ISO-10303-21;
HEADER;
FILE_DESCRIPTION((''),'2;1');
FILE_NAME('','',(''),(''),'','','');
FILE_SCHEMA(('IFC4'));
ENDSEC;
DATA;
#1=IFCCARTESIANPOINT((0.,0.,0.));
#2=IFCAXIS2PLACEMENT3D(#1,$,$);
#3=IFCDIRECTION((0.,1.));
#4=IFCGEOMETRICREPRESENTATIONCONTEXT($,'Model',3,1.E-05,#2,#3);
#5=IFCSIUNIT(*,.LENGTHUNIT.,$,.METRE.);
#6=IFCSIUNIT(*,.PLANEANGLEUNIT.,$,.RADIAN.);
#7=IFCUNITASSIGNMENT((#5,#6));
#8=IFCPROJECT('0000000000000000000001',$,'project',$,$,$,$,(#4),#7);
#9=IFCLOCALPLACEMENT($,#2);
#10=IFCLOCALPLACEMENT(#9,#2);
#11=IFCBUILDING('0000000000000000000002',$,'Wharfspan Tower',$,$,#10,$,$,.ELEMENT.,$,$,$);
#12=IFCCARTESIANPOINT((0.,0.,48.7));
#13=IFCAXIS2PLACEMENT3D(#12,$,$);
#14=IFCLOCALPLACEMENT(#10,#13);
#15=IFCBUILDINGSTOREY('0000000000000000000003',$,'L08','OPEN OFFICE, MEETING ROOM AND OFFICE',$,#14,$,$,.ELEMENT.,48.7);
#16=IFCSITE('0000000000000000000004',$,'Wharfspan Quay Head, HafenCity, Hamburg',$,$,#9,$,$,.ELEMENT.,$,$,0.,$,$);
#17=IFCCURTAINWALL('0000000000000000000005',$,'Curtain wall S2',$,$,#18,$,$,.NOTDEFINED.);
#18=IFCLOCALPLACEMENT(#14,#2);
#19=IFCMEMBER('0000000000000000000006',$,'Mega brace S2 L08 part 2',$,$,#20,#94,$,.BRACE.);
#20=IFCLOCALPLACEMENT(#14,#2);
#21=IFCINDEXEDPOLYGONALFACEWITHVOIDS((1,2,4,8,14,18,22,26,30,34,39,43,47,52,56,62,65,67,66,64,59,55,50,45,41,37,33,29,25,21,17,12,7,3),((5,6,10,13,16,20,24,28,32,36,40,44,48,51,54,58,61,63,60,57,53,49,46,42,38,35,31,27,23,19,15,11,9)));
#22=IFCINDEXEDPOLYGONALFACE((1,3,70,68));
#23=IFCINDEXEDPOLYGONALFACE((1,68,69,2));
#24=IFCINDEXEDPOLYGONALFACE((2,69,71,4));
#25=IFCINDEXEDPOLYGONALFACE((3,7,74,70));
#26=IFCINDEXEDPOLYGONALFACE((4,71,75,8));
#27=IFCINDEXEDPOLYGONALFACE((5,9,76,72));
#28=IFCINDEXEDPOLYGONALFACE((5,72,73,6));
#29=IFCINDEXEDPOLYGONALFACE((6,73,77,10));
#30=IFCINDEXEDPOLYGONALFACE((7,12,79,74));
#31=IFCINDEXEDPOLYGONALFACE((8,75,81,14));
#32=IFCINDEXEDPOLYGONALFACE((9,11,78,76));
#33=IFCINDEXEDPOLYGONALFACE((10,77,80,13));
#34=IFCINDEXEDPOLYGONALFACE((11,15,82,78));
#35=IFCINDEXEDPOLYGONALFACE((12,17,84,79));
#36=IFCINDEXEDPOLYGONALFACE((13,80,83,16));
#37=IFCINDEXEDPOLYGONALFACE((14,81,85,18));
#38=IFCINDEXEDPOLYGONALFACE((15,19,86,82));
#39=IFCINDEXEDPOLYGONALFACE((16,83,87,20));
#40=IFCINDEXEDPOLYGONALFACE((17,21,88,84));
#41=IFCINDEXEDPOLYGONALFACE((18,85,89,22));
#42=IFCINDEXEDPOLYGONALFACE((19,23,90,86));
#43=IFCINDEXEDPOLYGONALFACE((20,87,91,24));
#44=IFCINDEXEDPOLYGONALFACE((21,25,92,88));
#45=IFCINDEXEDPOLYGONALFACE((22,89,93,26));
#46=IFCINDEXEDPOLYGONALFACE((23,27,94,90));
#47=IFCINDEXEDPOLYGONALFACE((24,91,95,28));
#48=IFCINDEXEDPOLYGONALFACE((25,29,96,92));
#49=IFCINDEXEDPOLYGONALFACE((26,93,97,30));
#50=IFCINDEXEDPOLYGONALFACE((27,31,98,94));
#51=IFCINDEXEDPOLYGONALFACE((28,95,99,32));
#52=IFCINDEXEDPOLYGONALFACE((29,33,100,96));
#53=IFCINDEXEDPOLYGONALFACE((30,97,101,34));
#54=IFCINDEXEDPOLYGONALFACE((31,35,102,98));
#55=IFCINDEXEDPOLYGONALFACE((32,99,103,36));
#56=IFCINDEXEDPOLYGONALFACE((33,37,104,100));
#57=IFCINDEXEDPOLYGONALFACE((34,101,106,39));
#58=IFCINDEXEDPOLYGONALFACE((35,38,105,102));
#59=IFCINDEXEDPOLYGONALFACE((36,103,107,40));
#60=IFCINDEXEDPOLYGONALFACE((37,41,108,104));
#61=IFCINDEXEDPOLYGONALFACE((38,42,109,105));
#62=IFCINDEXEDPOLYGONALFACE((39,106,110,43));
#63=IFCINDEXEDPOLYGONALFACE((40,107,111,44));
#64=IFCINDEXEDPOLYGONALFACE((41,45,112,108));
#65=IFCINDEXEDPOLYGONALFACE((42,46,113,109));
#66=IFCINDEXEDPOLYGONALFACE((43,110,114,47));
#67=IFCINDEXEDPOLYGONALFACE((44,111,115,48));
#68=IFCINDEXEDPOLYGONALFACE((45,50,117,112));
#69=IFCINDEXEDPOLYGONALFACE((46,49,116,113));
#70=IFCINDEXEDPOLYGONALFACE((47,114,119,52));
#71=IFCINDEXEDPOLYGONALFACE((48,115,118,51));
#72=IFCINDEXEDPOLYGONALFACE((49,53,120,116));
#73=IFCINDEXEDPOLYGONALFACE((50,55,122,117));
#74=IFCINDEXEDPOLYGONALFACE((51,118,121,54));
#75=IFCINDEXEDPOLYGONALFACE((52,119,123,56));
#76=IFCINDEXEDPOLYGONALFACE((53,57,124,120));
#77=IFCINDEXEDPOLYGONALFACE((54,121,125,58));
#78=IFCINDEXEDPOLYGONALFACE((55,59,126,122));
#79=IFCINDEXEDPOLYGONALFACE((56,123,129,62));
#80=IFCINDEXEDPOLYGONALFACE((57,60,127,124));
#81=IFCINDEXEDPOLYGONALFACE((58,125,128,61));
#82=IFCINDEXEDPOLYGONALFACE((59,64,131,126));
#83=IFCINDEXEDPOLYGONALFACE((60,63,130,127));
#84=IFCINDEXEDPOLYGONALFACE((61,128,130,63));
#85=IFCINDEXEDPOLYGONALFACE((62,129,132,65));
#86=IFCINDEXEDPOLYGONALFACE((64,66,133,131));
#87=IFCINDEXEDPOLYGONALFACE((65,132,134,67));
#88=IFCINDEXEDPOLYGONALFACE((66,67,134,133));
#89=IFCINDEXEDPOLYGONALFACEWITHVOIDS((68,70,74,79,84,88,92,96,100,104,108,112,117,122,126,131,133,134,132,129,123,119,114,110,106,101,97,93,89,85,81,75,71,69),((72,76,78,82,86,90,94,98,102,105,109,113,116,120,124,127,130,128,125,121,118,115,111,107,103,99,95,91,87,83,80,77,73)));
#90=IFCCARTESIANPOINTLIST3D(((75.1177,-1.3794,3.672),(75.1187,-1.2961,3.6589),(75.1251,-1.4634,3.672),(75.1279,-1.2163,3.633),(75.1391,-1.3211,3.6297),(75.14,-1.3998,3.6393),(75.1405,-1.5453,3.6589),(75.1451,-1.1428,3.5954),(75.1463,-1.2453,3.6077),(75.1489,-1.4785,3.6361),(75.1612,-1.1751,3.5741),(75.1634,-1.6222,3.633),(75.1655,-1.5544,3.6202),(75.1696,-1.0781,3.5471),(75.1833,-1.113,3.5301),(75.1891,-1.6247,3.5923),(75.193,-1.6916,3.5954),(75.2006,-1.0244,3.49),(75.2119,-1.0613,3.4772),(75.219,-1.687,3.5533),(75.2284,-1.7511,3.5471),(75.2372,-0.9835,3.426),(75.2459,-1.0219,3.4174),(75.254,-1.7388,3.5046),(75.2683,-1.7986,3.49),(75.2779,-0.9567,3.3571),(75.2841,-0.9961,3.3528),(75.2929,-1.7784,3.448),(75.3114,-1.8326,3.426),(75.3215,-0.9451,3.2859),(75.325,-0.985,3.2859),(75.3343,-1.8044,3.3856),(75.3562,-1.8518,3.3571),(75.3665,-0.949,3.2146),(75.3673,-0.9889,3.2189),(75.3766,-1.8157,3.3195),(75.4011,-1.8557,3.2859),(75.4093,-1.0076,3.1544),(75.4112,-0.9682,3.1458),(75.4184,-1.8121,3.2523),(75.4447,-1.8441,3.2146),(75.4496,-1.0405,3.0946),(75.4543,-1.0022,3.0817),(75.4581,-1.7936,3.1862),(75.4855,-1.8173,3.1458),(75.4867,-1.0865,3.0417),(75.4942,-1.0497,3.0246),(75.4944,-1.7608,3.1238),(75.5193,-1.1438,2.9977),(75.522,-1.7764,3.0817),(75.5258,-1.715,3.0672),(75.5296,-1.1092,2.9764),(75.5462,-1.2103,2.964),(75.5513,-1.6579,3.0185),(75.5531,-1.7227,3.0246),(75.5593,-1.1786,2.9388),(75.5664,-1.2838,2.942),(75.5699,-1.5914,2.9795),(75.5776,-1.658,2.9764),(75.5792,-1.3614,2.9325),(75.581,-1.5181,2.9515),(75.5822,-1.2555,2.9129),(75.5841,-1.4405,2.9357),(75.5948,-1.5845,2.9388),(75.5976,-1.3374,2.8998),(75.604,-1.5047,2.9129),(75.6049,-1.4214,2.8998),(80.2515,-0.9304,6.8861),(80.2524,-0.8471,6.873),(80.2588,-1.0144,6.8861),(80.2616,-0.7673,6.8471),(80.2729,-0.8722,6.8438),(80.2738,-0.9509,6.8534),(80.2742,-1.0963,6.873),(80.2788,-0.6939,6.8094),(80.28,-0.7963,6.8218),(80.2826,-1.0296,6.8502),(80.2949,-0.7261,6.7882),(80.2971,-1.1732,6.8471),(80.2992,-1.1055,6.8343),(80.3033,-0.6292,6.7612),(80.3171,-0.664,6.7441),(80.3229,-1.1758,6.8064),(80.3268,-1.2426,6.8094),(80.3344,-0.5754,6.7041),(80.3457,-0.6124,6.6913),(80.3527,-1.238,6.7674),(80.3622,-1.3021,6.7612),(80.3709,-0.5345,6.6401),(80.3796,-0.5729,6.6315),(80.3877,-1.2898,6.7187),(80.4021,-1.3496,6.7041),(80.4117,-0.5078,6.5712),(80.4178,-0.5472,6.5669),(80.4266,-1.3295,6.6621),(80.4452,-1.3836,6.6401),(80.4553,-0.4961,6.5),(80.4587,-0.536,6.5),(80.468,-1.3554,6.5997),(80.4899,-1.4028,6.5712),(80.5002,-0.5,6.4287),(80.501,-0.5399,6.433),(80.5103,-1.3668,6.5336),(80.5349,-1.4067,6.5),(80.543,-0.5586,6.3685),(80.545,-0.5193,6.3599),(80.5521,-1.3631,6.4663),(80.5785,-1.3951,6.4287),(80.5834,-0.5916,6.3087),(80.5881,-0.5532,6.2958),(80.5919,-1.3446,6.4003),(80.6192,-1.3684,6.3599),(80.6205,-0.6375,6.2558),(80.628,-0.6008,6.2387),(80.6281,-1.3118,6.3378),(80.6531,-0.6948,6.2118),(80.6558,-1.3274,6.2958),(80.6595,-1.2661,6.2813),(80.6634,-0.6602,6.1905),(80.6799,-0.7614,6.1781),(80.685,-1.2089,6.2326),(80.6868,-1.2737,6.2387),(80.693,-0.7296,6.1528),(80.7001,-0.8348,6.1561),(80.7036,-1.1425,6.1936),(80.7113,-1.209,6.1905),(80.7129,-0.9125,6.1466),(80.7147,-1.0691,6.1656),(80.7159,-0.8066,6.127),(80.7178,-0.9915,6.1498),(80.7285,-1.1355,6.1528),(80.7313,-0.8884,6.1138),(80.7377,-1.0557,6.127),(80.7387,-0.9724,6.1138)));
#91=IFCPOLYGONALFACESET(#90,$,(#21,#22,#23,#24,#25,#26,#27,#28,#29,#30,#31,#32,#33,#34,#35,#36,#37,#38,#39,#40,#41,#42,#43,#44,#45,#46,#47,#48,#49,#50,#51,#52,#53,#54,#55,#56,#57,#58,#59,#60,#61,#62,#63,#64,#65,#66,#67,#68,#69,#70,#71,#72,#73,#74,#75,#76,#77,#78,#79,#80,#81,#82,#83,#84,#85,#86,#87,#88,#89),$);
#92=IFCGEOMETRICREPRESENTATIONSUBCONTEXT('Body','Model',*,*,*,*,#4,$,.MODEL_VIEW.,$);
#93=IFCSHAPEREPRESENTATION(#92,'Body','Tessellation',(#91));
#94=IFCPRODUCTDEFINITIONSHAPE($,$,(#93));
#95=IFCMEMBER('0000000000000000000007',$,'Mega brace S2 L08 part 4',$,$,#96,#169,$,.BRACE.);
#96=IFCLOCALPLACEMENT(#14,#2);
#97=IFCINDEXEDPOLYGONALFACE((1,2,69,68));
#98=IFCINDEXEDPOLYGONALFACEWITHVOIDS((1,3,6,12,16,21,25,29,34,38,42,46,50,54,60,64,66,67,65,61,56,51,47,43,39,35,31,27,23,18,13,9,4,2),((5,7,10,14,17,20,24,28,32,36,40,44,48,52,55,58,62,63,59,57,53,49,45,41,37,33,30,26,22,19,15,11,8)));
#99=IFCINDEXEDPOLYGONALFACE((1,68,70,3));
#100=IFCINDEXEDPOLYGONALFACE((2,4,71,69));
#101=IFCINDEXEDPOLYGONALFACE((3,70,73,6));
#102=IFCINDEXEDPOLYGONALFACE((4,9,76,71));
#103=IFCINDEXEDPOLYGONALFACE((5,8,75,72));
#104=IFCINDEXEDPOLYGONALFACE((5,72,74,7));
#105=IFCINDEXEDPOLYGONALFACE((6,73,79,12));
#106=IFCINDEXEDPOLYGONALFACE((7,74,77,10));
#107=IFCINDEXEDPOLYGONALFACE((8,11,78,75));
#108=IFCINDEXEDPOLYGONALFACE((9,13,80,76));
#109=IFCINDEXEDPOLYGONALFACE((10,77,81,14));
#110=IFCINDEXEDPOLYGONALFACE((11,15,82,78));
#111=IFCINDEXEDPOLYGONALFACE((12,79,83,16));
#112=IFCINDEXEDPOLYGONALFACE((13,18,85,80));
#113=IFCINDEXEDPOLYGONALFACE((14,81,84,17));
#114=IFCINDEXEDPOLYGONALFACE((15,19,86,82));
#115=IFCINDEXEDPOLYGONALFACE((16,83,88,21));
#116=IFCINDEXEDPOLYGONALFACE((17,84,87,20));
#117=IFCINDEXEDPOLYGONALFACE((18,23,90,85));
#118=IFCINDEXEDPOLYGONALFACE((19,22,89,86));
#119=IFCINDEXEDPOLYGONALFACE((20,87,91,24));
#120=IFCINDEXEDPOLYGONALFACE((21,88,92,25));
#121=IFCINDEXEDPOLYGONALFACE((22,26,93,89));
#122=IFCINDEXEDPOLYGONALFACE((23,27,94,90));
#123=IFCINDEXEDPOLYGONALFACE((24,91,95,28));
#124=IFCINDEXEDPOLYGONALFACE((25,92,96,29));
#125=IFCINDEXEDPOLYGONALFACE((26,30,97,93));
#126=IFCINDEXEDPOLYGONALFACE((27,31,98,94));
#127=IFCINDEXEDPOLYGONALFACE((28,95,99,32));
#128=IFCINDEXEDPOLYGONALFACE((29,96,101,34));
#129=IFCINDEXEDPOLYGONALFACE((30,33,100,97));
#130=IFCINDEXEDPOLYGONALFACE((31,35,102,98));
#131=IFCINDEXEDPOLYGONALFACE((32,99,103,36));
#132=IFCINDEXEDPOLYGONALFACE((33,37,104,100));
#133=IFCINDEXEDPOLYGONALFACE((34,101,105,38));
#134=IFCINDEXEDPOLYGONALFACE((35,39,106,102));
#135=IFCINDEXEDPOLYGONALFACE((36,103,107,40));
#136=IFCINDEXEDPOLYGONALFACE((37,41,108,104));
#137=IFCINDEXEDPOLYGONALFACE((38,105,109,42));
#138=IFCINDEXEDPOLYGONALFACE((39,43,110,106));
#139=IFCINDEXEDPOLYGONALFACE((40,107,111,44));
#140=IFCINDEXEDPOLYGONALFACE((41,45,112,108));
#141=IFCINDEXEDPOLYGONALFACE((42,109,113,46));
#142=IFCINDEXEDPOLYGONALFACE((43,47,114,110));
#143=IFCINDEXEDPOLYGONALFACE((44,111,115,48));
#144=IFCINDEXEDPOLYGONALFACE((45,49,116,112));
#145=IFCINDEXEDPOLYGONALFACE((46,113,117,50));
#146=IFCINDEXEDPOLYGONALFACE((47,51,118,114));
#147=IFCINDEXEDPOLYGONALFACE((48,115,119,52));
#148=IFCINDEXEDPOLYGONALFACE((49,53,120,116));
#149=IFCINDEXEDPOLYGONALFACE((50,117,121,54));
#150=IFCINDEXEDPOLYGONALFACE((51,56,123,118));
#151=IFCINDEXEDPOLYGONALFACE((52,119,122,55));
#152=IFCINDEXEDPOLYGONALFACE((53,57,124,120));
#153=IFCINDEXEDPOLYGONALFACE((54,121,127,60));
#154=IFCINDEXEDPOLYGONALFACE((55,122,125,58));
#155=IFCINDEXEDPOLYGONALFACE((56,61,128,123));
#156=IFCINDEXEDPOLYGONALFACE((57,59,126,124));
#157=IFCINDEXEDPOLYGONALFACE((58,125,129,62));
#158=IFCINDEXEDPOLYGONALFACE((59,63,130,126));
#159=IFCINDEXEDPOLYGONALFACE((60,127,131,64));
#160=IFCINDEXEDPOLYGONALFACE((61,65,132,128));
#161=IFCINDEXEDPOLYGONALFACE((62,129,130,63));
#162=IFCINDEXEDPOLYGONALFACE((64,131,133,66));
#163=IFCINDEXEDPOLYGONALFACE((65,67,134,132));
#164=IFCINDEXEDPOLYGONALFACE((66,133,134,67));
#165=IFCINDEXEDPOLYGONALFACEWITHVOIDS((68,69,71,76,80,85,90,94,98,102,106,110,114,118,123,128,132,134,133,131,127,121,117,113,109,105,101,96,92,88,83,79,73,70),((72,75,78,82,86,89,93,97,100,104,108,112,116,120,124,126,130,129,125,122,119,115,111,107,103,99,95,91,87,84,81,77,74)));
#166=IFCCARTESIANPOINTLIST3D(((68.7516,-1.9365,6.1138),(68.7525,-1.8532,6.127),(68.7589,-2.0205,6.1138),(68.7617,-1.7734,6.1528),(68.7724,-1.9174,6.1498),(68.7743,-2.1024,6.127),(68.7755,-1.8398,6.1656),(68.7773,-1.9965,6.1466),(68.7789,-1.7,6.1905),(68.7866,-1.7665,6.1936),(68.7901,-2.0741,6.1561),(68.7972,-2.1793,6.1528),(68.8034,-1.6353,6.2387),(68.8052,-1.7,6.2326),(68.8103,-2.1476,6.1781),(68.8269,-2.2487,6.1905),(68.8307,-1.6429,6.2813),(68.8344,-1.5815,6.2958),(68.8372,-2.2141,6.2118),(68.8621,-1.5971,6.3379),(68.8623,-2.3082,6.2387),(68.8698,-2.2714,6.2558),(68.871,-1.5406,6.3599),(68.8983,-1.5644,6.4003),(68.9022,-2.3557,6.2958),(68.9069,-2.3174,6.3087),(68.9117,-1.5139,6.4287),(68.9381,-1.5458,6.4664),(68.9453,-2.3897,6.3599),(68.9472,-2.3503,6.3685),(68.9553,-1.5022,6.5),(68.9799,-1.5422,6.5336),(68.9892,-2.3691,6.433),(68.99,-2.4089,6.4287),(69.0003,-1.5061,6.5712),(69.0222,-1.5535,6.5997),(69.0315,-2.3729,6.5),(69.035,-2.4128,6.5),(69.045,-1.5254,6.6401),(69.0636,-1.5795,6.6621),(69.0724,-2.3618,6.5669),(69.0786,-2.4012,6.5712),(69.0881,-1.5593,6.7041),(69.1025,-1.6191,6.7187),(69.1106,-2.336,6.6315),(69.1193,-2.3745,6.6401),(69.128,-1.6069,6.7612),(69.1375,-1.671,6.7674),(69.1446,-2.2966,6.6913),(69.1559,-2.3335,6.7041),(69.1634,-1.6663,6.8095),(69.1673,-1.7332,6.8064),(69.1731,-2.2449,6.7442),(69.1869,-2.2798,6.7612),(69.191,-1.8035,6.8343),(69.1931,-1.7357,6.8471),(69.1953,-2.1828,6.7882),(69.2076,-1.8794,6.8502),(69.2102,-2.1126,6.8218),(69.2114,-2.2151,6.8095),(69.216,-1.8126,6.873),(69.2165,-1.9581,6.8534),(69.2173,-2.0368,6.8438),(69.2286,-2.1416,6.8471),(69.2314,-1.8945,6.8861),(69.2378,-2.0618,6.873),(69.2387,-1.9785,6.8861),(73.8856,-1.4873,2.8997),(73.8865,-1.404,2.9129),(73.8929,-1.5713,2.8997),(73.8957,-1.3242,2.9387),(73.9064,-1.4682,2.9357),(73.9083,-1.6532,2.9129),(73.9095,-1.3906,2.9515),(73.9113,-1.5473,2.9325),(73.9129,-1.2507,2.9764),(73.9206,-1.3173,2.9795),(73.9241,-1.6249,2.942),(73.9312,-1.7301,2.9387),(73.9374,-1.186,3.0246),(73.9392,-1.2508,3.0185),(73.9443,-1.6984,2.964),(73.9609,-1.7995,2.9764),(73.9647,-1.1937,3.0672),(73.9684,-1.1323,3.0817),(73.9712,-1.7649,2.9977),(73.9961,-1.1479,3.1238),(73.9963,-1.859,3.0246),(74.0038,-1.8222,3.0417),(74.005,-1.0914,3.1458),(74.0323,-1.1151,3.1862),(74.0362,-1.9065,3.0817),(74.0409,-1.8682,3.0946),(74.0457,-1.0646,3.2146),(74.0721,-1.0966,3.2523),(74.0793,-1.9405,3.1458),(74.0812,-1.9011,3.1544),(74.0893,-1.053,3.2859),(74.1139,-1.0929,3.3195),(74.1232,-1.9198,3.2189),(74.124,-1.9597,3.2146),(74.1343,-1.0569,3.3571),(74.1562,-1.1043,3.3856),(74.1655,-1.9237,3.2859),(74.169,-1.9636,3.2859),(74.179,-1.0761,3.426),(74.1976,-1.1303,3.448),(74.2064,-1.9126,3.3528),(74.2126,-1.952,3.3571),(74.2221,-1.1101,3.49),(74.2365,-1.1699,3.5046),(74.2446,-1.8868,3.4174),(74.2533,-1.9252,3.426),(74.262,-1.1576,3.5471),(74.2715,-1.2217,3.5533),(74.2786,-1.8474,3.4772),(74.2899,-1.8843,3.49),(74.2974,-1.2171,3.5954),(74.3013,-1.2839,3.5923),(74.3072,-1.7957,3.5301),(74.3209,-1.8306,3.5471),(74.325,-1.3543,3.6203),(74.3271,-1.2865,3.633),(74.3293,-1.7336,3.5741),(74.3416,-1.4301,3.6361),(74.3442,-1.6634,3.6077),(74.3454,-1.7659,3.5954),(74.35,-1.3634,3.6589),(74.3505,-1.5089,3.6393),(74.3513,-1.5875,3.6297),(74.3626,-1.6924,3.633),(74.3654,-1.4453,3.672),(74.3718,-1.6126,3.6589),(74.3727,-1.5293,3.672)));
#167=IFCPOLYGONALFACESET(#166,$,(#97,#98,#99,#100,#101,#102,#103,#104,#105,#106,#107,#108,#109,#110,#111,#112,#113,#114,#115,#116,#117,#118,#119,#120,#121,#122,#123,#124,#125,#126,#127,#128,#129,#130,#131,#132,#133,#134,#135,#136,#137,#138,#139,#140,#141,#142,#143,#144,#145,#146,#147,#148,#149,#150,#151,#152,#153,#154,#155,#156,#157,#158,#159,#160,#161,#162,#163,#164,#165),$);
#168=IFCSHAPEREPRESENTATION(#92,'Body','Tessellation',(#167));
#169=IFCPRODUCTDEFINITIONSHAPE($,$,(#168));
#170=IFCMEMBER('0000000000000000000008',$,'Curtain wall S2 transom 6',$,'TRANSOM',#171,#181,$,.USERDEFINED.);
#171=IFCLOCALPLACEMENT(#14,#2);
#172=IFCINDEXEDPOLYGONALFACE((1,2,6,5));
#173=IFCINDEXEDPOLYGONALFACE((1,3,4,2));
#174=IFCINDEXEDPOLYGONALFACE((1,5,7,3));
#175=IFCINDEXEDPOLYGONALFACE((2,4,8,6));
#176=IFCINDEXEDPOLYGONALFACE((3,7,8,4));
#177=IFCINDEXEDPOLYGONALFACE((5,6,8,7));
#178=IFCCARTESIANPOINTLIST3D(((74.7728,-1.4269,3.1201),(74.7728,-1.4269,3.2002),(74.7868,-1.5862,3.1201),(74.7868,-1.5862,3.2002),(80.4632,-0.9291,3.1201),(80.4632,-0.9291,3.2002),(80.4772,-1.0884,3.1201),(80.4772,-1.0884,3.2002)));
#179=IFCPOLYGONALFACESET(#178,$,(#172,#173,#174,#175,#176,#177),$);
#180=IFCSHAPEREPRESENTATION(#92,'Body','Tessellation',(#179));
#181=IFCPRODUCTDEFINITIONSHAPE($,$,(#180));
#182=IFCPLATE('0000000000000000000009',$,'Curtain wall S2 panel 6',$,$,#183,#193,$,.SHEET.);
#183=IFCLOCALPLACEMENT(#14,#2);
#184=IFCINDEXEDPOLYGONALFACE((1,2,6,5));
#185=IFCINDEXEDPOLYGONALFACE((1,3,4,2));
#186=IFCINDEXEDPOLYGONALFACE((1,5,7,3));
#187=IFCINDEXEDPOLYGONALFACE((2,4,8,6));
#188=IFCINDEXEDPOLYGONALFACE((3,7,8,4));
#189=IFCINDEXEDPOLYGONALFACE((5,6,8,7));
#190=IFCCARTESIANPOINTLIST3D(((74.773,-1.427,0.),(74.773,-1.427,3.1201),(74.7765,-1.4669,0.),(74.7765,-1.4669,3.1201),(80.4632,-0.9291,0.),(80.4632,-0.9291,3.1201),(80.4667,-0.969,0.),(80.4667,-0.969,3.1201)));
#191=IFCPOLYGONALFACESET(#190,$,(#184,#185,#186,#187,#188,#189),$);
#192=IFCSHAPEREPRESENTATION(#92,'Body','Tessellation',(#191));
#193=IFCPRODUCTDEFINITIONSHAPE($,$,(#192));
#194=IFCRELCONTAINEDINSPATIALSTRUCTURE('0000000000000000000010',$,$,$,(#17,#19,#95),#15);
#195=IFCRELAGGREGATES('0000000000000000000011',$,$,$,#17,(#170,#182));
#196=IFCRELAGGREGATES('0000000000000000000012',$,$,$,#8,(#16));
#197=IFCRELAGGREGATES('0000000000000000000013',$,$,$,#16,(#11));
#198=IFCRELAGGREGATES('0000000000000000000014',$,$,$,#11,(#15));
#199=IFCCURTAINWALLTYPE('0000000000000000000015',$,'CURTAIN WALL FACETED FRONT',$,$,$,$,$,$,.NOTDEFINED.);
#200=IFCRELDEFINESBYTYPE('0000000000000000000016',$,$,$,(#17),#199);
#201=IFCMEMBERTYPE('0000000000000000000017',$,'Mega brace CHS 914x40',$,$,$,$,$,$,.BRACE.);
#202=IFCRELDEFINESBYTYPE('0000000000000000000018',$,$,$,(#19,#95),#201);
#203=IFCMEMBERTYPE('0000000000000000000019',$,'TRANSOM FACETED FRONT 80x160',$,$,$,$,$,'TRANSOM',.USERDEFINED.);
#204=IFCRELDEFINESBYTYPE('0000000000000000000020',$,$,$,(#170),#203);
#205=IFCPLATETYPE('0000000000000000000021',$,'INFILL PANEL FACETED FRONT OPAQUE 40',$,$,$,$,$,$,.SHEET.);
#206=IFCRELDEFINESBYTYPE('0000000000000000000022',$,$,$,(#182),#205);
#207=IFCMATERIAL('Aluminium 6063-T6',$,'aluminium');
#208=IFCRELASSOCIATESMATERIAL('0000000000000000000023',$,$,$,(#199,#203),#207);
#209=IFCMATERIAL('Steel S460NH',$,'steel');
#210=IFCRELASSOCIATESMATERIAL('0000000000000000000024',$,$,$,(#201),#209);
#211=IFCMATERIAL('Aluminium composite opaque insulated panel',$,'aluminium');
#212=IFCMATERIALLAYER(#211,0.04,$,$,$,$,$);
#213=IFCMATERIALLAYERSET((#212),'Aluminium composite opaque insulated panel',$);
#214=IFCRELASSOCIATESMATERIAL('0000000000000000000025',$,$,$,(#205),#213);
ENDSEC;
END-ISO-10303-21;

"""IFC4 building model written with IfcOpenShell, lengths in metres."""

from ifc_helpers import new_model, si_unit, direction, frame, origin, origin_2d, place, context, subcontext, project, spatial, rectangle, hollow_circle, extrude, material, layer, layer_set, material_profile, profile_set, type_object, element, aggregate, save


model = new_model("IFC4")

# Units and contexts
model_context = context("Model", 3, precision=1e-05, world=origin(), true_north=direction((0.0, 1.0)))
body_context = subcontext(model_context, "Body", "Model", "MODEL_VIEW")
ifc_project = project(units=[si_unit("LENGTHUNIT", "METRE"), si_unit("PLANEANGLEUNIT", "RADIAN")], contexts=[model_context])

# Site, building, storey
site_placement = place(None, origin())
site = spatial("IfcSite", under=ifc_project, at=site_placement, Name="Wharfspan Quay Head, HafenCity, Hamburg", CompositionType="ELEMENT", RefElevation=0.0)
building_placement = place(site_placement, origin())
building = spatial("IfcBuilding", under=site, at=building_placement, Name="Wharfspan Tower", CompositionType="ELEMENT")
storey_placement = place(building_placement, frame((0.0, 0.0, 48.7)))
storey = spatial("IfcBuildingStorey", under=building, at=storey_placement, Name="L08", Description="OPEN OFFICE, MEETING ROOM AND OFFICE", CompositionType="ELEMENT", Elevation=48.7)

# Shared definitions
ifc_material_1 = material(Name="Steel S460NH", Category="steel")

# Curtain wall
ifc_material_2 = material(Name="Aluminium 6063-T6", Category="aluminium")
curtain_wall_type = type_object("IfcCurtainWallType", Name="CURTAIN WALL FACETED FRONT", PredefinedType="NOTDEFINED", material=ifc_material_2)
curtain_wall_placement = place(storey_placement, origin())
curtain_wall = element("IfcCurtainWall", 1, at=curtain_wall_placement, inside=storey, type_object=curtain_wall_type, Name="Curtain wall S2", PredefinedType="NOTDEFINED")

# Members
ifc_material_profile_1 = material_profile(ifc_material_1, hollow_circle(Radius=0.457, WallThickness=0.04, at=origin_2d()))
ifc_profile_set_1 = profile_set([ifc_material_profile_1], Name="Steel S460NH")
member_type_1 = type_object("IfcMemberType", Name="Mega brace CHS 914x40", PredefinedType="BRACE", material=ifc_profile_set_1)
member_1_placement = place(storey_placement, frame((75.3613, -1.4004, 3.2859), z_axis=(0.845271, 0.073923, 0.529199), x_axis=(-0.087123, 0.996199, 0.000001)))
element("IfcMember", 2, at=member_1_placement, inside=storey, type_object=member_type_1, Name="Mega brace S2 L08 part 2", PredefinedType="BRACE", context=body_context, shape_type="SweptSolid", body=[
    extrude(hollow_circle(Radius=0.457, WallThickness=0.04, at=origin_2d()), origin(), (0.0, 0.0, 1.0), 6.0735),
])
member_2_placement = place(storey_placement, frame((74.1291, -1.5083, 3.2859), z_axis=(-0.84528, -0.073961, 0.52918), x_axis=(0.087165, -0.996192, -0.000001)))
element("IfcMember", 3, at=member_2_placement, inside=storey, type_object=member_type_1, Name="Mega brace S2 L08 part 4", PredefinedType="BRACE", context=body_context, shape_type="SweptSolid", body=[
    extrude(hollow_circle(Radius=0.457, WallThickness=0.04, at=origin_2d()), origin(), (0.0, 0.0, 1.0), 6.0737),
])

# Member
ifc_material_profile_2 = material_profile(ifc_material_2, rectangle(XDim=0.1599, YDim=0.0801, at=origin_2d()))
ifc_profile_set_2 = profile_set([ifc_material_profile_2], Name="Aluminium 6063-T6")
member_type_2 = type_object("IfcMemberType", Name="TRANSOM FACETED FRONT 80x160", ElementType="TRANSOM", PredefinedType="USERDEFINED", material=ifc_profile_set_2)
member_3_placement = place(storey_placement, frame((74.7798, -1.5066, 3.1602), z_axis=(0.996195, 0.087148, 0.0), x_axis=(-0.087148, 0.996195, 0.0)))
member_3 = element("IfcMember", 4, at=member_3_placement, type_object=member_type_2, Name="Curtain wall S2 transom 6", ObjectType="TRANSOM", PredefinedType="USERDEFINED", context=body_context, shape_type="SweptSolid", body=[
    extrude(rectangle(XDim=0.1599, YDim=0.0801, at=origin_2d()), origin(), (0.0, 0.0, 1.0), 5.7122),
])

# Plate
ifc_material_3 = material(Name="Aluminium composite opaque insulated panel", Category="aluminium")
ifc_layer_1 = layer(ifc_material_3, 0.04)
ifc_layer_set_1 = layer_set([ifc_layer_1], Name="Aluminium composite opaque insulated panel")
plate_type = type_object("IfcPlateType", Name="INFILL PANEL FACETED FRONT OPAQUE 40", PredefinedType="SHEET", material=ifc_layer_set_1)
plate_placement = place(storey_placement, frame((77.6199, -1.198, 0.0), z_axis=(0.0, 0.0, 1.0), x_axis=(0.996197, 0.087156, 0.0)))
plate = element("IfcPlate", 5, at=plate_placement, type_object=plate_type, Name="Curtain wall S2 panel 6", PredefinedType="SHEET", context=body_context, shape_type="SweptSolid", body=[
    extrude(rectangle(XDim=5.7119, YDim=0.04, at=origin_2d()), origin(), (0.0, 0.0, 1.0), 3.1201),
])
aggregate(curtain_wall, [member_3, plate])

save(model, "model.ifc")
